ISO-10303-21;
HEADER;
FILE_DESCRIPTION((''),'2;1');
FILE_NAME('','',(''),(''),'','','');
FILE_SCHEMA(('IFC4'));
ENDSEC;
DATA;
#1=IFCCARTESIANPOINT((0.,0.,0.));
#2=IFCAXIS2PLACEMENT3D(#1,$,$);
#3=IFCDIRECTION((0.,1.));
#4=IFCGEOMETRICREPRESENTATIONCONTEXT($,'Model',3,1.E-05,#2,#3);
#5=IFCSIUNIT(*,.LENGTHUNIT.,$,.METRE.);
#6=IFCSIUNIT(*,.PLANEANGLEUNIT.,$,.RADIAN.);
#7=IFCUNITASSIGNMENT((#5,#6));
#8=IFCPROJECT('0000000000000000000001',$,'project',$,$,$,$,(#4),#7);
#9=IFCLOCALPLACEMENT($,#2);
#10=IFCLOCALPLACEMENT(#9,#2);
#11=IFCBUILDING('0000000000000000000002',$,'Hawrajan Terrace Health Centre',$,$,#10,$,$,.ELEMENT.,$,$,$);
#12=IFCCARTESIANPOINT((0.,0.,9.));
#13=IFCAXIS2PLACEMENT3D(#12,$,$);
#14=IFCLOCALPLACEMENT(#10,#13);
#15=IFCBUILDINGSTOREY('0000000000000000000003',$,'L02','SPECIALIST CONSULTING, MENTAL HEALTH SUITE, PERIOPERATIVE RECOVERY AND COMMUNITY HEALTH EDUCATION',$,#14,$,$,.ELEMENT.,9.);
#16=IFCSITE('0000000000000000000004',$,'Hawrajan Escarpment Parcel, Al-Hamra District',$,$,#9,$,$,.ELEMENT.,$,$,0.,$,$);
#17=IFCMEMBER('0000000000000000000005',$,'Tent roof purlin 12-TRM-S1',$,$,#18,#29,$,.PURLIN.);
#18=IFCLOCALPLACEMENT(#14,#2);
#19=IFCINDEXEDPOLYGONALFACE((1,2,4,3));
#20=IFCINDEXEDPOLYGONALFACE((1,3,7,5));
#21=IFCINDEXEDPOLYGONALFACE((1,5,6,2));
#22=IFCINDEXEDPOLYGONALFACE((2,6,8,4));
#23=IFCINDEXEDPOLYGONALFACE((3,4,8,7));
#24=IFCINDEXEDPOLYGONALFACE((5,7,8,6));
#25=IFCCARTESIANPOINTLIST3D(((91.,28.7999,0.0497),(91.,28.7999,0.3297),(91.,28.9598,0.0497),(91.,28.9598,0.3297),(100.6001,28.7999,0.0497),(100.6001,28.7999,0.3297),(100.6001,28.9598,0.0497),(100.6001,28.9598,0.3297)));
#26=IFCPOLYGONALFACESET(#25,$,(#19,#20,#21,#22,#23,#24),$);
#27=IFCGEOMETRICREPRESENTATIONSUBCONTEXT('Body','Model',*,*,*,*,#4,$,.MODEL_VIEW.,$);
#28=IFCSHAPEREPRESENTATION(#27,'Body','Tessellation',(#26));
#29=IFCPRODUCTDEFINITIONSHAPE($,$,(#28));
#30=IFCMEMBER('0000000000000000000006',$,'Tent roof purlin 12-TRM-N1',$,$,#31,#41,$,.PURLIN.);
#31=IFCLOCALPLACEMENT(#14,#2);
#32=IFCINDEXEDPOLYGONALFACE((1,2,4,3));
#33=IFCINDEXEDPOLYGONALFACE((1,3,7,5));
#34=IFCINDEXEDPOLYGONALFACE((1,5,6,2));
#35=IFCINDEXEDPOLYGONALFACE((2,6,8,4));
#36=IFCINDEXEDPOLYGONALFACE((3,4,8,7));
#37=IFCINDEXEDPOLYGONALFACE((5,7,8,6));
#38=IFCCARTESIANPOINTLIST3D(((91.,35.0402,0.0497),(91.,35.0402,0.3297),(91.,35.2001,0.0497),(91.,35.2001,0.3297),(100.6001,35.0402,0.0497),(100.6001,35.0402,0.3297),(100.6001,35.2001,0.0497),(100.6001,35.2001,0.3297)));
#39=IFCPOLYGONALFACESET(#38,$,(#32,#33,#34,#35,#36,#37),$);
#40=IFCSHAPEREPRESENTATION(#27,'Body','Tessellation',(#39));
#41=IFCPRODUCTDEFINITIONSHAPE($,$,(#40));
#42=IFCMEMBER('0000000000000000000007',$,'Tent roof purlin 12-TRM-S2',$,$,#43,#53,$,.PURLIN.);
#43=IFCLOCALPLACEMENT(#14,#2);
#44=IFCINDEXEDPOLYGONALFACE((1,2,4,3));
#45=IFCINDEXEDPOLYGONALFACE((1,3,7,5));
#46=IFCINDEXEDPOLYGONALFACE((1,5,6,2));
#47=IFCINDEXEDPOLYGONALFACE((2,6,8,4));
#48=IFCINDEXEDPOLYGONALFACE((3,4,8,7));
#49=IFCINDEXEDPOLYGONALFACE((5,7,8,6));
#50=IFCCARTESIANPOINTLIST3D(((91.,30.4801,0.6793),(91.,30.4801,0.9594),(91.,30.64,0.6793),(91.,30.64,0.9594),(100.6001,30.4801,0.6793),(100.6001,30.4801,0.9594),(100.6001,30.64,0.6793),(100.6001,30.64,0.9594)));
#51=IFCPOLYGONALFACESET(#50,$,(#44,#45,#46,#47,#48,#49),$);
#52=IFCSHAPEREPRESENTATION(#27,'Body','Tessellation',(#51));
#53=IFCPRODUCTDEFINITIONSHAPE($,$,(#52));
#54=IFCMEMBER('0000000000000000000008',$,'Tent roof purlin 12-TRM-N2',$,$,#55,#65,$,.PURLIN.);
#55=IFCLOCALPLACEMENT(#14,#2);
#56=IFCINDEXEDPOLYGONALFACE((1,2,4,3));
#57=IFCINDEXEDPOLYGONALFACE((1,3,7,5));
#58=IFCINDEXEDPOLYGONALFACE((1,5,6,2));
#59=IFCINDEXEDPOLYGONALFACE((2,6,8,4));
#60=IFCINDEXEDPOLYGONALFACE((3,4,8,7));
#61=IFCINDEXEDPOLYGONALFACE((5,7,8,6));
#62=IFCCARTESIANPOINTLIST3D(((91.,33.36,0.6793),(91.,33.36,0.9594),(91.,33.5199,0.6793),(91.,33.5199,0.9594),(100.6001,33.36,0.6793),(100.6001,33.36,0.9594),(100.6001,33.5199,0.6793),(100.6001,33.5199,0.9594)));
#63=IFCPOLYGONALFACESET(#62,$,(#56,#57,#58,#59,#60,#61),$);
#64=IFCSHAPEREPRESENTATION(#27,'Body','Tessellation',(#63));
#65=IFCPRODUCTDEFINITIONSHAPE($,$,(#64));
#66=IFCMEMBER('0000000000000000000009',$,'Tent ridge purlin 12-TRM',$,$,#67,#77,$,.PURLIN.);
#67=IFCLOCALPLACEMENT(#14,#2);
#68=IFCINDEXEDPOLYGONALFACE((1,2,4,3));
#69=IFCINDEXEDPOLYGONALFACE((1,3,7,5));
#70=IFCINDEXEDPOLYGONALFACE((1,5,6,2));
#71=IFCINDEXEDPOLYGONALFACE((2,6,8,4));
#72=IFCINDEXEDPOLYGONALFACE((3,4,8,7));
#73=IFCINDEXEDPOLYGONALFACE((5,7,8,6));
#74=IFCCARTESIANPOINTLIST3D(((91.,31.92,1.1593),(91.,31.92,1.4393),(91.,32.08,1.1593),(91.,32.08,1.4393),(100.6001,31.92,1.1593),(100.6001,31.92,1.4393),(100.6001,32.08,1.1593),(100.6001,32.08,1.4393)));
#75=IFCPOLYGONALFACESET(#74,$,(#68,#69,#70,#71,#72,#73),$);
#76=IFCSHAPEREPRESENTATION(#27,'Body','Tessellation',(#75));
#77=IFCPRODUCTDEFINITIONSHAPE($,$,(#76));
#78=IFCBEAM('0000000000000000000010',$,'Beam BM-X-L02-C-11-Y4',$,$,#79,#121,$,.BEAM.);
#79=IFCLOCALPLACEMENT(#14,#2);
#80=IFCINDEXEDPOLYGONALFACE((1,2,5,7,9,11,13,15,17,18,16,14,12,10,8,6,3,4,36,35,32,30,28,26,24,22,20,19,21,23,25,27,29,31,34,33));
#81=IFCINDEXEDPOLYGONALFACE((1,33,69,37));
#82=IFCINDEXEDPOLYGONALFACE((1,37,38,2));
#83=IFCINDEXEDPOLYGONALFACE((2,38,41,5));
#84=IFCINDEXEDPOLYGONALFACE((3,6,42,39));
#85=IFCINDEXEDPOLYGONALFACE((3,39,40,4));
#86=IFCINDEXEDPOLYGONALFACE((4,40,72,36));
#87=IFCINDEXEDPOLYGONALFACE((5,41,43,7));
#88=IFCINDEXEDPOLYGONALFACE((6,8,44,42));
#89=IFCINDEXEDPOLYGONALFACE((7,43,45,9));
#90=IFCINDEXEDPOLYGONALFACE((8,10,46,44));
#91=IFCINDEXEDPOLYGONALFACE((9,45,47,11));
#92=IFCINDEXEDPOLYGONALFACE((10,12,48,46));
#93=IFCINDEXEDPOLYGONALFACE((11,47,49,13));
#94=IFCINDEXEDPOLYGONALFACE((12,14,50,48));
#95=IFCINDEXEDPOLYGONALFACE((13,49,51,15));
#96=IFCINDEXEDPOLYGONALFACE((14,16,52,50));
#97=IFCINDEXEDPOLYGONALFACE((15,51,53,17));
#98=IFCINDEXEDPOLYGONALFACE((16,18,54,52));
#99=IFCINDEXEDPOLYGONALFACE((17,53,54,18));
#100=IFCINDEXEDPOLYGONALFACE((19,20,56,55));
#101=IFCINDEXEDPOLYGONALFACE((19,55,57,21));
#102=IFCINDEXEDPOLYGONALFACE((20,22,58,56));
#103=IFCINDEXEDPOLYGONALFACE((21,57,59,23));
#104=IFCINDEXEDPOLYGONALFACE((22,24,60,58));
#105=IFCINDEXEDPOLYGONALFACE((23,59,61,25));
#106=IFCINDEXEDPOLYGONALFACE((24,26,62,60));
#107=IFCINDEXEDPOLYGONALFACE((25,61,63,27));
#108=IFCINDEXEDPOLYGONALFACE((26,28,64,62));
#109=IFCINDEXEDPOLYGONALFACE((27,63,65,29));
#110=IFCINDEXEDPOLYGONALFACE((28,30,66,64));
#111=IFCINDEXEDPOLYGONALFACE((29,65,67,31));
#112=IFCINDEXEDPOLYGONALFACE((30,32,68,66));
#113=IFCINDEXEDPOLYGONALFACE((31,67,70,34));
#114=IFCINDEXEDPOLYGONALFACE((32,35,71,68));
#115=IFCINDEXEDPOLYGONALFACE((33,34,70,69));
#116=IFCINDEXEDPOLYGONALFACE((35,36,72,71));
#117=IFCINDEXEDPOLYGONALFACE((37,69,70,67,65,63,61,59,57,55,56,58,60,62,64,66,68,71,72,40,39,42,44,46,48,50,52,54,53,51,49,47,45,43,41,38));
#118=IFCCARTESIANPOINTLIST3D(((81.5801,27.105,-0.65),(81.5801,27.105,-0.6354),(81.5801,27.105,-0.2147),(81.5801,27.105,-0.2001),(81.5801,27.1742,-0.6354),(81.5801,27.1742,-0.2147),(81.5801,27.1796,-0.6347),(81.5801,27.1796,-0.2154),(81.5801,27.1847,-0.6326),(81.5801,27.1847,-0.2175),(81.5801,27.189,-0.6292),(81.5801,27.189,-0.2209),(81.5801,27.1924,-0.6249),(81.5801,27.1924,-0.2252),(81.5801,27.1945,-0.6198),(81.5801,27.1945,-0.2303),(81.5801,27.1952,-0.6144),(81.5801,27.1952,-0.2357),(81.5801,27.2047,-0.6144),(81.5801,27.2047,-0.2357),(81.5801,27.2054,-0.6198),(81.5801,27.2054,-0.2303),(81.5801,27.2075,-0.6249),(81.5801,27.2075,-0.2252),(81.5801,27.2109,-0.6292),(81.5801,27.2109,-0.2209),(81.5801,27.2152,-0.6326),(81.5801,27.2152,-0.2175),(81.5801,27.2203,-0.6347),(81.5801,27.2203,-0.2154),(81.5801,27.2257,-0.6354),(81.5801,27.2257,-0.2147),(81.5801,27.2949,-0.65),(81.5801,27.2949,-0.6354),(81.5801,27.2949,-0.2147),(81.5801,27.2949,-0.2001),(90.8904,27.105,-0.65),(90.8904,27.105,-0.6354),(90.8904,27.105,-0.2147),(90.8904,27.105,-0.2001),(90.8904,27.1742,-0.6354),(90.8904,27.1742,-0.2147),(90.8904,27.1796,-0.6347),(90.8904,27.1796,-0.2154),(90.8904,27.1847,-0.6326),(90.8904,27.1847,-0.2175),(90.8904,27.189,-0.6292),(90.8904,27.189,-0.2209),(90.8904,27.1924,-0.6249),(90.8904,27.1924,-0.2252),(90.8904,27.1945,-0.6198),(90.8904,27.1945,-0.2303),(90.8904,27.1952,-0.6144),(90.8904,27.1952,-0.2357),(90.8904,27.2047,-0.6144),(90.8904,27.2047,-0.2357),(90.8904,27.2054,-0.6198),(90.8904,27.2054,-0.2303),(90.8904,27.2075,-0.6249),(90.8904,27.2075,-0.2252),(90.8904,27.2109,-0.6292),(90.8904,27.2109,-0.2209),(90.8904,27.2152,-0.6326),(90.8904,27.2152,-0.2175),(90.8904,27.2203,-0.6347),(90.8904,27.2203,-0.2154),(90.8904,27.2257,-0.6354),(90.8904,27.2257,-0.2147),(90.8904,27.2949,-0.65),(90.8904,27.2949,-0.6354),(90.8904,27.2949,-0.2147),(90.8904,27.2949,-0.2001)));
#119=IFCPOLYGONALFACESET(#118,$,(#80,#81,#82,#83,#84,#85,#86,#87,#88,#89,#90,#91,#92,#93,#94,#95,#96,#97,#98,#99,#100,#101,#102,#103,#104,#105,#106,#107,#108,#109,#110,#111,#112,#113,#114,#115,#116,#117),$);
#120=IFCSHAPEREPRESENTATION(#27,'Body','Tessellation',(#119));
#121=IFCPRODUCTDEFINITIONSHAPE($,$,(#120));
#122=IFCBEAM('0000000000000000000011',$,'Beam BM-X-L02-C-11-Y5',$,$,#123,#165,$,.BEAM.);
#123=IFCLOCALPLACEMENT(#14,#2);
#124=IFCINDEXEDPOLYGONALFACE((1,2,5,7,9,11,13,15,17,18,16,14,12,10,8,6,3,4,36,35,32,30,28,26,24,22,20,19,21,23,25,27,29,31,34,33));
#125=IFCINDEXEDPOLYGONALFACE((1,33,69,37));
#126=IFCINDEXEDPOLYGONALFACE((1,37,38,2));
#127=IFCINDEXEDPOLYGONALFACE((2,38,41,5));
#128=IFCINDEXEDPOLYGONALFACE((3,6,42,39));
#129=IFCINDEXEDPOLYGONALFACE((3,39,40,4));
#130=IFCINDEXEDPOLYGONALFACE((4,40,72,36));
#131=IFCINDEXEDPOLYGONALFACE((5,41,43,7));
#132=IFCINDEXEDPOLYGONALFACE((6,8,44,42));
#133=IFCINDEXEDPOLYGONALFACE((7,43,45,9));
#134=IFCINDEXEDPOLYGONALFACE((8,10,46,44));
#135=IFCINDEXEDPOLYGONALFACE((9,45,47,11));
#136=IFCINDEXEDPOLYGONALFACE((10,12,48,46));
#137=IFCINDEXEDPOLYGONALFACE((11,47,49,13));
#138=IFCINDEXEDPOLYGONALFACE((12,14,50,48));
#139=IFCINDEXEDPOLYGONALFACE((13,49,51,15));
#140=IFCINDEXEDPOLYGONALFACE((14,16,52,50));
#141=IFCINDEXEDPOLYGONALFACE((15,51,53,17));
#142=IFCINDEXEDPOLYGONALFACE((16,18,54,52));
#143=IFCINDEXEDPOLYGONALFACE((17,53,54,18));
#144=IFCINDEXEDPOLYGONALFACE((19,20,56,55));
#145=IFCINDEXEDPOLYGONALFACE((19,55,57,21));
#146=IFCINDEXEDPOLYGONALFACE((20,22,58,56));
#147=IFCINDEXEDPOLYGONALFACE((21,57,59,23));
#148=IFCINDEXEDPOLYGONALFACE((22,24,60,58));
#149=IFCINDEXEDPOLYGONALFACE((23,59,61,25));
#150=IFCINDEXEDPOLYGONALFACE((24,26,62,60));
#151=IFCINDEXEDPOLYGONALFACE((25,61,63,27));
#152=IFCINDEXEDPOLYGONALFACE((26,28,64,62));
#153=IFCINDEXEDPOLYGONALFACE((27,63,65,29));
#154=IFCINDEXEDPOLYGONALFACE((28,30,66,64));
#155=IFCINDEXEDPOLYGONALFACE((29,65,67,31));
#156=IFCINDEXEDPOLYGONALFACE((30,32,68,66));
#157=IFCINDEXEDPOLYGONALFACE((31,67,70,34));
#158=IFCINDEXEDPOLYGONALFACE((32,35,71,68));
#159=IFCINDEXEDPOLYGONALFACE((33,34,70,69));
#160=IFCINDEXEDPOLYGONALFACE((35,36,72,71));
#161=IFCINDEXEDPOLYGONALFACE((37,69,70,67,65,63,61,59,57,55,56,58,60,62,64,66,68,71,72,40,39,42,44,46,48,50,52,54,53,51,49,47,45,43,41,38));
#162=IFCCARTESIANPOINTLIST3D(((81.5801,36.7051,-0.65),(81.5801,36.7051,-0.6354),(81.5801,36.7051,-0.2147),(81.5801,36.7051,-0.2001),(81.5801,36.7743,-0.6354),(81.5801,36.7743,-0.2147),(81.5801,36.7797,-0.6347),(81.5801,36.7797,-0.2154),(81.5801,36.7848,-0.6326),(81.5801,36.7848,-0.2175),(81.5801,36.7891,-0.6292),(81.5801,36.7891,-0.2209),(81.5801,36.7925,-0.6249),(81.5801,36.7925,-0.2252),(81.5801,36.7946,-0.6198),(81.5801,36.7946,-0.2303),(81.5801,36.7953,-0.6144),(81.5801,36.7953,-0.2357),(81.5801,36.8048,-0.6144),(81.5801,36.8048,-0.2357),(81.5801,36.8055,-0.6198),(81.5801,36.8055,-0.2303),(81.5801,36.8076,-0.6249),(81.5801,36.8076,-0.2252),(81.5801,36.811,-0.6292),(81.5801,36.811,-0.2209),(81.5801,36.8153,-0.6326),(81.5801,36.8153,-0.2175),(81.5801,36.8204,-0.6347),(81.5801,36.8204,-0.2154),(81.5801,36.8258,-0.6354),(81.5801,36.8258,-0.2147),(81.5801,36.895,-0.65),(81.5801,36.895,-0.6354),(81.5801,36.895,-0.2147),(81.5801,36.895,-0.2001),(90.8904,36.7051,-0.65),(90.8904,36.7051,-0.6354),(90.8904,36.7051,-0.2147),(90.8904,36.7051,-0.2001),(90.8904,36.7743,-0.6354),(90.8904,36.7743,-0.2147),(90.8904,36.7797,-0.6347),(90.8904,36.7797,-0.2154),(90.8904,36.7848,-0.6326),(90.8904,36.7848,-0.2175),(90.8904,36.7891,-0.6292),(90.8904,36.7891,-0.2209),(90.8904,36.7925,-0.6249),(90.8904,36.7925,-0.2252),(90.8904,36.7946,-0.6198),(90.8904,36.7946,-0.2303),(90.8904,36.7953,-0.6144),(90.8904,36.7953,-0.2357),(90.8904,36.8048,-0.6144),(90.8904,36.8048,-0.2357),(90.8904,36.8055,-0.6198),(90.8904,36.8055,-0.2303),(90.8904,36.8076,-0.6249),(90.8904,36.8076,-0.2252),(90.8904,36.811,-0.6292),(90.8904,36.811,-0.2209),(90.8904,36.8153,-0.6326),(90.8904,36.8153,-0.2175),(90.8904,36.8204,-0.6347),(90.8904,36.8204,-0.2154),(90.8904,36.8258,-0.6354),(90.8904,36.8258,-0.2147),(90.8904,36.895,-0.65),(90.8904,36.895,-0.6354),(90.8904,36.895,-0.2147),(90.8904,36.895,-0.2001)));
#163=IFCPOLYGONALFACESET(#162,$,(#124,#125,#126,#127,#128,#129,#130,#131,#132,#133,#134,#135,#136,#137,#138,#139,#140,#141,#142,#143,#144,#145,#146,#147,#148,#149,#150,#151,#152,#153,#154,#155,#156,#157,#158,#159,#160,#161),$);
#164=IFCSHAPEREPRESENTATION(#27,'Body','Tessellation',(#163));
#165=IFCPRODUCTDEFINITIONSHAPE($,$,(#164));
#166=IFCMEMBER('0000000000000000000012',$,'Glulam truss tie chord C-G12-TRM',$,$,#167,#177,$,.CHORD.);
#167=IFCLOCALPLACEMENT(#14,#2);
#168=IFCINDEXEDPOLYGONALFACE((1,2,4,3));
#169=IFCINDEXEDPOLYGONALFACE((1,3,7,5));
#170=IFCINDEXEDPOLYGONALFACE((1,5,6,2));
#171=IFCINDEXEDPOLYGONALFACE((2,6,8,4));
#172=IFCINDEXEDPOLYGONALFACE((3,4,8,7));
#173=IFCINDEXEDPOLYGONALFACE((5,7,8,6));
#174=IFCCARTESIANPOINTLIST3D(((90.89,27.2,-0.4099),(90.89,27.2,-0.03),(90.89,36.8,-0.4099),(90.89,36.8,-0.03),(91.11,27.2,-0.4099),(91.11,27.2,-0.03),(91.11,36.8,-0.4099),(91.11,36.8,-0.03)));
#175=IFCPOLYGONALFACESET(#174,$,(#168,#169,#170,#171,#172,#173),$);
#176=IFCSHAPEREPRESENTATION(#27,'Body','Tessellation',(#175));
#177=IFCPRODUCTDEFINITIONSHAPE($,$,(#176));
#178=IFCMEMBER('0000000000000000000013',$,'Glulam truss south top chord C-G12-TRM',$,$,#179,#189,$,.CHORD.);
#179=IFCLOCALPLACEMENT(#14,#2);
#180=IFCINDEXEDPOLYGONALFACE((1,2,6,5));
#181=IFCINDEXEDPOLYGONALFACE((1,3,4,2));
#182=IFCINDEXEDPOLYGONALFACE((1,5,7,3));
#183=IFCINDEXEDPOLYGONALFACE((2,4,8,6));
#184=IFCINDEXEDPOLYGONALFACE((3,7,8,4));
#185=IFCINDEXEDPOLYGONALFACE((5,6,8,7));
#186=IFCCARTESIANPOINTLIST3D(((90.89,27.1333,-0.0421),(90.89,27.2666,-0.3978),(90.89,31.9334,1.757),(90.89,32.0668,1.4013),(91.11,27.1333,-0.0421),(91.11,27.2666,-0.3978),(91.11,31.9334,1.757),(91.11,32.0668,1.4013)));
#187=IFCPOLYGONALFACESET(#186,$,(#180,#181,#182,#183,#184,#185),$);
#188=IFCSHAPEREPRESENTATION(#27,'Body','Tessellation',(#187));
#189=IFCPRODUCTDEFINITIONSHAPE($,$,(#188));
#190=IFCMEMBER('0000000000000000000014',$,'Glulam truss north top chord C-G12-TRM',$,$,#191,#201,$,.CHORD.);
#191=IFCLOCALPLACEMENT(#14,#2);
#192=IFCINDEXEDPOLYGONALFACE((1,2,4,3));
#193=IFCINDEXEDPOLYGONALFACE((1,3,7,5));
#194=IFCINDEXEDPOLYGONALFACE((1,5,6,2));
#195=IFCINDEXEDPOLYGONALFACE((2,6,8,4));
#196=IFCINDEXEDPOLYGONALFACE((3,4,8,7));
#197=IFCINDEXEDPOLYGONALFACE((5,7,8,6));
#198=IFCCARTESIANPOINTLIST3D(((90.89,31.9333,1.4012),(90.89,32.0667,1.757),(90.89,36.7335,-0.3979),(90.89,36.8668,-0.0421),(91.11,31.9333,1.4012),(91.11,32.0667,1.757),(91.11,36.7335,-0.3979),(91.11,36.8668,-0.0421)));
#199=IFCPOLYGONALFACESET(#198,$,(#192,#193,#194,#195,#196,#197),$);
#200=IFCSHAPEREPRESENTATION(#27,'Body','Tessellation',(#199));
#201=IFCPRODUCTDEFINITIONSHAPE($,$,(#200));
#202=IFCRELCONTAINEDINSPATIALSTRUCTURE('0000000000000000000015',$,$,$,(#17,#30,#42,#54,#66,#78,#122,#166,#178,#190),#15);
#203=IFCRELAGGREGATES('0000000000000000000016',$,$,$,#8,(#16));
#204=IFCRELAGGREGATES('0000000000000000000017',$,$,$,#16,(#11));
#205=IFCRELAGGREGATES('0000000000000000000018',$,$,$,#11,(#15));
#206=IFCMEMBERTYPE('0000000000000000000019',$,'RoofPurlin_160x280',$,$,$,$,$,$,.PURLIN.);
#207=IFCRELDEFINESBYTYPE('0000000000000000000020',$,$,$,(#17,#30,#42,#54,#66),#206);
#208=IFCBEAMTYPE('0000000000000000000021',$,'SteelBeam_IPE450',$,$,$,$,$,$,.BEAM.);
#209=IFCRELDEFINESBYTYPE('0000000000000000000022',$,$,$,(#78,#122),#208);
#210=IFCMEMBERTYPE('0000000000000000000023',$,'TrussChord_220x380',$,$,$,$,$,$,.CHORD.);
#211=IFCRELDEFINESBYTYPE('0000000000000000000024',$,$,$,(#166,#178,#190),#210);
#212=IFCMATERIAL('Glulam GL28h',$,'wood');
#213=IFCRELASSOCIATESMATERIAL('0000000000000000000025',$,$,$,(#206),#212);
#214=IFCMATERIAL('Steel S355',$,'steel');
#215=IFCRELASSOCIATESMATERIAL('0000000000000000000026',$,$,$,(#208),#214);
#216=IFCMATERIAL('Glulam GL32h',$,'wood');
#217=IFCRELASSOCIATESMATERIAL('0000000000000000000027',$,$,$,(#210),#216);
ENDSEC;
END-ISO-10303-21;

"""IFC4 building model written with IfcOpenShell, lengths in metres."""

from ifc_helpers import new_model, si_unit, direction, frame, origin, origin_2d, place, context, subcontext, project, spatial, rectangle, i_section, extrude, material, material_profile, profile_set, type_object, element, save


model = new_model("IFC4")

# Units and contexts
model_context = context("Model", 3, precision=1e-05, world=origin(), true_north=direction((0.0, 1.0)))
body_context = subcontext(model_context, "Body", "Model", "MODEL_VIEW")
ifc_project = project(units=[si_unit("LENGTHUNIT", "METRE"), si_unit("PLANEANGLEUNIT", "RADIAN")], contexts=[model_context])

# Site, building, storey
site_placement = place(None, origin())
site = spatial("IfcSite", under=ifc_project, at=site_placement, Name="Hawrajan Escarpment Parcel, Al-Hamra District", CompositionType="ELEMENT", RefElevation=0.0)
building_placement = place(site_placement, origin())
building = spatial("IfcBuilding", under=site, at=building_placement, Name="Hawrajan Terrace Health Centre", CompositionType="ELEMENT")
storey_placement = place(building_placement, frame((0.0, 0.0, 9.0)))
storey = spatial("IfcBuildingStorey", under=building, at=storey_placement, Name="L02", Description="SPECIALIST CONSULTING, MENTAL HEALTH SUITE, PERIOPERATIVE RECOVERY AND COMMUNITY HEALTH EDUCATION", CompositionType="ELEMENT", Elevation=9.0)

# Members
ifc_material_1 = material(Name="Glulam GL28h", Category="wood")
ifc_material_profile_1 = material_profile(ifc_material_1, rectangle(XDim=0.1599, YDim=0.28, at=origin_2d()), Name="GL PUR 160x280")
ifc_profile_set_1 = profile_set([ifc_material_profile_1], Name="Glulam GL28h")
member_type_1 = type_object("IfcMemberType", Name="RoofPurlin_160x280", PredefinedType="PURLIN", material=ifc_profile_set_1)
for number, where, z_axis, x_axis, name in (
    (1, (91.0, 28.8799, 0.1897), (1.0, 0.0, 0.0), (0.0, 1.0, 0.0), "Tent roof purlin 12-TRM-S1"),
    (2, (91.0, 35.1201, 0.1897), (1.0, 0.0, 0.0), (0.0, 1.0, 0.0), "Tent roof purlin 12-TRM-N1"),
    (3, (91.0, 30.5601, 0.8193), (1.0, 0.0, 0.0), (0.0, 1.0, 0.0), "Tent roof purlin 12-TRM-S2"),
    (4, (91.0, 33.4399, 0.8193), (1.0, 0.0, 0.0), (0.0, 1.0, 0.0), "Tent roof purlin 12-TRM-N2"),
    (5, (91.0, 32.0, 1.2993), (1.0, 0.0, 0.0), (0.0, 1.0, 0.0), "Tent ridge purlin 12-TRM"),
):
    element("IfcMember", number, at=place(storey_placement, frame(where, z_axis=z_axis, x_axis=x_axis)), inside=storey, type_object=member_type_1, Name=name, PredefinedType="PURLIN", context=body_context, shape_type="SweptSolid", body=[
        extrude(rectangle(XDim=0.1599, YDim=0.28, at=origin_2d()), origin(), (0.0, 0.0, 1.0), 9.6001),
    ])

# Beams
ifc_material_2 = material(Name="Steel S355", Category="steel")
ifc_material_profile_2 = material_profile(ifc_material_2, i_section(OverallWidth=0.1899, OverallDepth=0.45, WebThickness=0.0095, FlangeThickness=0.0146, FilletRadius=0.021, at=origin_2d()), Name="IPE 450")
ifc_profile_set_2 = profile_set([ifc_material_profile_2], Name="Steel S355")
beam_type = type_object("IfcBeamType", Name="SteelBeam_IPE450", PredefinedType="BEAM", material=ifc_profile_set_2)
for number, where, z_axis, x_axis, name in (
    (6, (81.5801, 27.2, -0.425), (1.0, 0.0, 0.0), (0.0, 1.0, 0.0), "Beam BM-X-L02-C-11-Y4"),
    (7, (81.5801, 36.8, -0.425), (1.0, 0.0, 0.0), (0.0, 1.0, 0.0), "Beam BM-X-L02-C-11-Y5"),
):
    element("IfcBeam", number, at=place(storey_placement, frame(where, z_axis=z_axis, x_axis=x_axis)), inside=storey, type_object=beam_type, Name=name, PredefinedType="BEAM", context=body_context, shape_type="SweptSolid", body=[
        extrude(i_section(OverallWidth=0.1899, OverallDepth=0.45, WebThickness=0.0095, FlangeThickness=0.0146, FilletRadius=0.021, at=origin_2d()), origin(), (0.0, 0.0, 1.0), 9.3103),
    ])

# Members
ifc_material_3 = material(Name="Glulam GL32h", Category="wood")
ifc_material_profile_3 = material_profile(ifc_material_3, rectangle(XDim=0.22, YDim=0.3799, at=origin_2d()), Name="GL CHD 220x380")
ifc_profile_set_3 = profile_set([ifc_material_profile_3], Name="Glulam GL32h")
member_type_2 = type_object("IfcMemberType", Name="TrussChord_220x380", PredefinedType="CHORD", material=ifc_profile_set_3)
member_1_placement = place(storey_placement, frame((91.0, 27.2, -0.22), z_axis=(0.0, 1.0, 0.0), x_axis=(-1.0, 0.0, 0.0)))
element("IfcMember", 8, at=member_1_placement, inside=storey, type_object=member_type_2, Name="Glulam truss tie chord C-G12-TRM", PredefinedType="CHORD", context=body_context, shape_type="SweptSolid", body=[
    extrude(rectangle(XDim=0.22, YDim=0.3799, at=origin_2d()), origin(), (0.0, 0.0, 1.0), 9.6001),
])
for number, where, z_axis, x_axis, name in (
    (9, (91.0, 27.2, -0.22), (0.0, 0.93639, 0.350962), (-1.0, 0.0, 0.0), "Glulam truss south top chord C-G12-TRM"),
    (10, (91.0, 32.0, 1.5791), (0.0, 0.93639, -0.350962), (-1.0, 0.0, 0.0), "Glulam truss north top chord C-G12-TRM"),
):
    element("IfcMember", number, at=place(storey_placement, frame(where, z_axis=z_axis, x_axis=x_axis)), inside=storey, type_object=member_type_2, Name=name, PredefinedType="CHORD", context=body_context, shape_type="SweptSolid", body=[
        extrude(rectangle(XDim=0.22, YDim=0.3799, at=origin_2d()), origin(), (0.0, 0.0, 1.0), 5.1262),
    ])

save(model, "model.ifc")
